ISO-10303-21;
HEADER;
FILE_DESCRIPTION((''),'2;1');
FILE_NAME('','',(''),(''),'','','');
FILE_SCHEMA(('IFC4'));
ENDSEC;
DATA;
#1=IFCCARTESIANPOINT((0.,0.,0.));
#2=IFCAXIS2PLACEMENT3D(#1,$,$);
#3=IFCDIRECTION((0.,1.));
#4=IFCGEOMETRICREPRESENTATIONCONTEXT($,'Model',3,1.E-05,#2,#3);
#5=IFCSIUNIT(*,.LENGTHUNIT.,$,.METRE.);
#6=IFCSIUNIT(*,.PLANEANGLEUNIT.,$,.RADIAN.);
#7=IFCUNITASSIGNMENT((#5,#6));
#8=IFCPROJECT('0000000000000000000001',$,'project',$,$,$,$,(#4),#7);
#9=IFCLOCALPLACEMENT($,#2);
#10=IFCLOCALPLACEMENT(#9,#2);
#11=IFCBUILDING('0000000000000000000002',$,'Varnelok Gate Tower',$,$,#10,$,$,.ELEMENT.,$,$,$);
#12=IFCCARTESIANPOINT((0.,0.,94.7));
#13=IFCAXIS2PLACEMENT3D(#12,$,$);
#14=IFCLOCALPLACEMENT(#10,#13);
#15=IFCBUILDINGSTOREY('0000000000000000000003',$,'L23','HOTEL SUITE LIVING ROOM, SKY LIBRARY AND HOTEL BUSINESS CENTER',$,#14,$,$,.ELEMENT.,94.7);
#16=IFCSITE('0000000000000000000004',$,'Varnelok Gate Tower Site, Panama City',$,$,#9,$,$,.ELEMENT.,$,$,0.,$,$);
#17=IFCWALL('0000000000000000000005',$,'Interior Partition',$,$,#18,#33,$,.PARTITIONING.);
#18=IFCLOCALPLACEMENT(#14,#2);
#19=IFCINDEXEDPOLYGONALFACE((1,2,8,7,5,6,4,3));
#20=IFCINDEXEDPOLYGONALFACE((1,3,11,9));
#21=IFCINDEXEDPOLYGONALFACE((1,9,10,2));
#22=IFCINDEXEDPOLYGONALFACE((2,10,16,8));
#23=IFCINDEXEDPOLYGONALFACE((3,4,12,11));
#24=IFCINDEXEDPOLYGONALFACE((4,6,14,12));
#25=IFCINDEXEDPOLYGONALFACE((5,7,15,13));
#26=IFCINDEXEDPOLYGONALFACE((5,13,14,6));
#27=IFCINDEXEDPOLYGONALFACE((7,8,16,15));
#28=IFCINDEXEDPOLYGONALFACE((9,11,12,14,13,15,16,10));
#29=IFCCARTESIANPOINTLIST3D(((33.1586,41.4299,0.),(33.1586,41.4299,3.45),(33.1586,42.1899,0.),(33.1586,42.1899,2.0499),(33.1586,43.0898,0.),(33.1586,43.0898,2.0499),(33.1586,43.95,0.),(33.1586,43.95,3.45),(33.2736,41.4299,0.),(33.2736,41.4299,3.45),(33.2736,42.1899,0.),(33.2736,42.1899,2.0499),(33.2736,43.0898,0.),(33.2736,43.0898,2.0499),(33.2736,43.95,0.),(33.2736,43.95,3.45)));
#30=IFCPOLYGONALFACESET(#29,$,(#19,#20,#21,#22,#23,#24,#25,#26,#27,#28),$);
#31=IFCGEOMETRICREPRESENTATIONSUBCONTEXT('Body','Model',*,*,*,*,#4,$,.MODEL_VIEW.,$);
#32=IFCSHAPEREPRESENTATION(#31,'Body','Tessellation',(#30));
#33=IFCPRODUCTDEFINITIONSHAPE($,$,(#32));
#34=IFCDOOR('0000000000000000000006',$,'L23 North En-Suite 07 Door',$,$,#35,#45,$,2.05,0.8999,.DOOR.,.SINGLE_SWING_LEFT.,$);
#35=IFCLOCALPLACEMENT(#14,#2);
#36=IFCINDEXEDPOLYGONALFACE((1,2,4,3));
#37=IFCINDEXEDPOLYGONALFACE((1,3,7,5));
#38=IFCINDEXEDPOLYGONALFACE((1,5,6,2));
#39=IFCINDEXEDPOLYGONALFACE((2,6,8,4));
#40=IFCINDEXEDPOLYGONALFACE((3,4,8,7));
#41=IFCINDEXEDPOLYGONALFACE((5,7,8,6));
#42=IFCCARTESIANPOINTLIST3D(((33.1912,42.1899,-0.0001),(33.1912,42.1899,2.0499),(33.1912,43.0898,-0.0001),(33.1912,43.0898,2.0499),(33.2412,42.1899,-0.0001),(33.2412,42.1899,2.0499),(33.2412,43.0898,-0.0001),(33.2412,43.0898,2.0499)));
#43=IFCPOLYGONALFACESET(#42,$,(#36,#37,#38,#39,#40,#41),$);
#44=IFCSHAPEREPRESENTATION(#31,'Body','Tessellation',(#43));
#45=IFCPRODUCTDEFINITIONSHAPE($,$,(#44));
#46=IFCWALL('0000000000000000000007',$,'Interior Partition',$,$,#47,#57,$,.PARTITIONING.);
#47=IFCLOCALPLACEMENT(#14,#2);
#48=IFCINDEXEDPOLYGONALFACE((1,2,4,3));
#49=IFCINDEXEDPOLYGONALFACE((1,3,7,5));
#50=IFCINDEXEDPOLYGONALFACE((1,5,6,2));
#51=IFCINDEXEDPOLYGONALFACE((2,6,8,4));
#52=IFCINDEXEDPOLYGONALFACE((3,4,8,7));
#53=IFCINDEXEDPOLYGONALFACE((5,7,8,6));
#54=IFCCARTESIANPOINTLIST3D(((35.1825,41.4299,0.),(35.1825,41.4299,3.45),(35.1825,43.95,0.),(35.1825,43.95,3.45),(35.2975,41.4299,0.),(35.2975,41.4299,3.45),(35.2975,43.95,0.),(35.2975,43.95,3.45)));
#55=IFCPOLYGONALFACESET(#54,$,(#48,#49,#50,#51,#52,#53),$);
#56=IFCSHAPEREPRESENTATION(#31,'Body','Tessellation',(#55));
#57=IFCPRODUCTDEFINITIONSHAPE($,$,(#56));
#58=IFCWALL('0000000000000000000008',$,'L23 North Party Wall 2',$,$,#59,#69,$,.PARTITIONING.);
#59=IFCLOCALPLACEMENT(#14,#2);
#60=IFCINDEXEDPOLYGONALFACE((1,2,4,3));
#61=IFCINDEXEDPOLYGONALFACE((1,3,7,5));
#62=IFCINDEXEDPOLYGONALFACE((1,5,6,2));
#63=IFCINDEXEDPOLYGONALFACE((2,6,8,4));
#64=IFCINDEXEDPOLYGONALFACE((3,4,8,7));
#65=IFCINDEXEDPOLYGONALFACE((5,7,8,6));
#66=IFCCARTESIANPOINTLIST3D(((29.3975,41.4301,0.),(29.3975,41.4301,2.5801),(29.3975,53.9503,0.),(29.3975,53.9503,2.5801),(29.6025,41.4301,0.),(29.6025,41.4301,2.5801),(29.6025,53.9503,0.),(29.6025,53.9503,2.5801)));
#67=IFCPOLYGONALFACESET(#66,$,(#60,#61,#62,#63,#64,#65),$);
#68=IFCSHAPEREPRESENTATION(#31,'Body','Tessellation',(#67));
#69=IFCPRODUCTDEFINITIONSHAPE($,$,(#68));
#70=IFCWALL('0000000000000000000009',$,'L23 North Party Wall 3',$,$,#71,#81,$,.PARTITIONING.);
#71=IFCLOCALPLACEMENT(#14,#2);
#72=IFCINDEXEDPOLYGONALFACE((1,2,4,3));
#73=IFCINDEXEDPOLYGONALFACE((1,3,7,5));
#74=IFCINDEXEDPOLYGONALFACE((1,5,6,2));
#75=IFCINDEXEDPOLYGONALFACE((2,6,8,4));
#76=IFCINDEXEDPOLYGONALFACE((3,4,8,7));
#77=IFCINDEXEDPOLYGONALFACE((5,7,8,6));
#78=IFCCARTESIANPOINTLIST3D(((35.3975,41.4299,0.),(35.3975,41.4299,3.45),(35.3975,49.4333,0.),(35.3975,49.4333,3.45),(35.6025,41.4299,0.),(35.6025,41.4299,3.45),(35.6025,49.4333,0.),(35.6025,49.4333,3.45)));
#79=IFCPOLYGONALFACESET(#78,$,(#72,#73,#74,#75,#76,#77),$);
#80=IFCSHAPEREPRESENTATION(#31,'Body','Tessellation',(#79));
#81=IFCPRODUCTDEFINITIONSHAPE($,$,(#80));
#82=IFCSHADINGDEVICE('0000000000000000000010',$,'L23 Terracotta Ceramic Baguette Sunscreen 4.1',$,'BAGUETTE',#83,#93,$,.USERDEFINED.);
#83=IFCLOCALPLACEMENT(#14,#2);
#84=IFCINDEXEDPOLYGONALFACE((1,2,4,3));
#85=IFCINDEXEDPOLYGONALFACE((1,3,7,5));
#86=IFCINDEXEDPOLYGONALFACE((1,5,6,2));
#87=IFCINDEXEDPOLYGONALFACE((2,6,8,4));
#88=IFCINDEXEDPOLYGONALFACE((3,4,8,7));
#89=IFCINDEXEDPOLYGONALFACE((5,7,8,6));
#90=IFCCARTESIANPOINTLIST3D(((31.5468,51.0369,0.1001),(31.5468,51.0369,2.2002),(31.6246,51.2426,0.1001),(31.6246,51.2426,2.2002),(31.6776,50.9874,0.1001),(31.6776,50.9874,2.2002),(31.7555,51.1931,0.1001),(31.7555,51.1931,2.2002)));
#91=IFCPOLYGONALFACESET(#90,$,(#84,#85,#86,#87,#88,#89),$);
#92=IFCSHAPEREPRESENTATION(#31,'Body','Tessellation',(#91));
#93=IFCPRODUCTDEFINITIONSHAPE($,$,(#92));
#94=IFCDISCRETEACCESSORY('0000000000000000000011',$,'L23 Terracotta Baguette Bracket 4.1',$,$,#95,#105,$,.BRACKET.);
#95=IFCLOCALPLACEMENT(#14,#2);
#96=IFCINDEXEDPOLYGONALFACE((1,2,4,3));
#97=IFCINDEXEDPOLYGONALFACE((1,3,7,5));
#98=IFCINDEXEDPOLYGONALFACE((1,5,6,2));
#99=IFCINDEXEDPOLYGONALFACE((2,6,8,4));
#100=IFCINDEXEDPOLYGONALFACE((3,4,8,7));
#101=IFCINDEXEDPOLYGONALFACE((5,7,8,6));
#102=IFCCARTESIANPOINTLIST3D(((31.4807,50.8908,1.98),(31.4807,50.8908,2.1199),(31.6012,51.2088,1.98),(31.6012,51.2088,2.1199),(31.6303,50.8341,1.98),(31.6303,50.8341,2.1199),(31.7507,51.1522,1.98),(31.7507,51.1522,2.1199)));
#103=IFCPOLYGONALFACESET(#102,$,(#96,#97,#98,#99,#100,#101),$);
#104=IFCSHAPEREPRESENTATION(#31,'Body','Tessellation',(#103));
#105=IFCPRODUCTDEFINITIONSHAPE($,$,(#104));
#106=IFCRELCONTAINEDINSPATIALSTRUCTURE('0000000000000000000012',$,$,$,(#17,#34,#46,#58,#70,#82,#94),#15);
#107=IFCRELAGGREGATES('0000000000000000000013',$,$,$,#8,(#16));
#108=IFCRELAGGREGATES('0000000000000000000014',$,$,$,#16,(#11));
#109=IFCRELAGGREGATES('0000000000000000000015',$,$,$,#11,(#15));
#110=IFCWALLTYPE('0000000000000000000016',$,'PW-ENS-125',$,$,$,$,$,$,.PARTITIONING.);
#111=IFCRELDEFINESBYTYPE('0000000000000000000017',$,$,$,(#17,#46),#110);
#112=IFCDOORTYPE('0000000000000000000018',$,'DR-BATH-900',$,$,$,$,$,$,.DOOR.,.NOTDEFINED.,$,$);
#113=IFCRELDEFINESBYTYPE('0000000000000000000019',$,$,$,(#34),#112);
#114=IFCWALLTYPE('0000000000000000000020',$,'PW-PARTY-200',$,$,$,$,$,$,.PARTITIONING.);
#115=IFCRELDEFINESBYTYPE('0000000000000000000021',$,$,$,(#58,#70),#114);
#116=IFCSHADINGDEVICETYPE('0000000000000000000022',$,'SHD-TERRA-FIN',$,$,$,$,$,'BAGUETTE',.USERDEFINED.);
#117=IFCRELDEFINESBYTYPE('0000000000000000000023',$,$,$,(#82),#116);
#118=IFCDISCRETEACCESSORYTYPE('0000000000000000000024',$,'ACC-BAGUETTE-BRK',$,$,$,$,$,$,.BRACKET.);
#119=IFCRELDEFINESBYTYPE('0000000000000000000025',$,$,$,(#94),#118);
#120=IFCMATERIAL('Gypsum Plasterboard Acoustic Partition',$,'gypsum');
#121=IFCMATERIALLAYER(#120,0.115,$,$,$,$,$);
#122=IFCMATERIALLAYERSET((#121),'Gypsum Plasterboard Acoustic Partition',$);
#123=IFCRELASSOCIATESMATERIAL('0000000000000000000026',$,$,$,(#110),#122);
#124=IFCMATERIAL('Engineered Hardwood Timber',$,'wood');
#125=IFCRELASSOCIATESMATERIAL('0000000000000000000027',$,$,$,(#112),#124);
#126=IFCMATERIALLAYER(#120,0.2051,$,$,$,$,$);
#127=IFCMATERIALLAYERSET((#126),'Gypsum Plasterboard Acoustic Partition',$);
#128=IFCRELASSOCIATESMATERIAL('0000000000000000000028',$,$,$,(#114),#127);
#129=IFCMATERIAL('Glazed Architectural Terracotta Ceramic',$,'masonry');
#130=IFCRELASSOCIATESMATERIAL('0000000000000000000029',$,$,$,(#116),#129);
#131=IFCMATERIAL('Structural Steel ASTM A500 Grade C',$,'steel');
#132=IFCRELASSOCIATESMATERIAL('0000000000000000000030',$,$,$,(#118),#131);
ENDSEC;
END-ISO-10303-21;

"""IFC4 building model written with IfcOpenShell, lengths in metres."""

from ifc_helpers import new_model, si_unit, direction, frame, frame_2d, origin, origin_2d, place, context, subcontext, project, spatial, rectangle, extrude, source, transform, mapped, material, layer, layer_set, type_object, element, fill, save


model = new_model("IFC4")

# Units and contexts
model_context = context("Model", 3, precision=1e-05, world=origin(), true_north=direction((0.0, 1.0)))
body_context = subcontext(model_context, "Body", "Model", "MODEL_VIEW")
ifc_project = project(units=[si_unit("LENGTHUNIT", "METRE"), si_unit("PLANEANGLEUNIT", "RADIAN")], contexts=[model_context])

# Site, building, storey
site_placement = place(None, origin())
site = spatial("IfcSite", under=ifc_project, at=site_placement, Name="Varnelok Gate Tower Site, Panama City", CompositionType="ELEMENT", RefElevation=0.0)
building_placement = place(site_placement, origin())
building = spatial("IfcBuilding", under=site, at=building_placement, Name="Varnelok Gate Tower", CompositionType="ELEMENT")
storey_placement = place(building_placement, frame((0.0, 0.0, 94.7)))
storey = spatial("IfcBuildingStorey", under=building, at=storey_placement, Name="L23", Description="HOTEL SUITE LIVING ROOM, SKY LIBRARY AND HOTEL BUSINESS CENTER", CompositionType="ELEMENT", Elevation=94.7)

# Shared definitions
ifc_material_1 = material(Name="Gypsum Plasterboard Acoustic Partition", Category="gypsum")
ifc_material_2 = material(Name="Engineered Hardwood Timber", Category="wood")

# Shared definitions
ifc_layer_1 = layer(ifc_material_1, 0.115)
ifc_layer_set_1 = layer_set([ifc_layer_1], Name="Gypsum Plasterboard Acoustic Partition")
wall_type_1 = type_object("IfcWallType", Name="PW-ENS-125", PredefinedType="PARTITIONING", material=ifc_layer_set_1)

# Wall, opening, door
wall_1_placement = place(storey_placement, frame((33.2161, 41.4299, 0.0), z_axis=(0.0, 0.0, 1.0), x_axis=(0.0, 1.0, 0.0)))
wall_1 = element("IfcWall", 1, at=wall_1_placement, inside=storey, type_object=wall_type_1, Name="Interior Partition", PredefinedType="PARTITIONING", context=body_context, shape_type="SweptSolid", body=[
    extrude(rectangle(XDim=2.52, YDim=0.115, at=frame_2d((1.26, 0.0))), origin(), (0.0, 0.0, 1.0), 3.45),
])
opening_1_placement = place(wall_1_placement, frame((0.76, 0.0, 0.0)))
opening_1 = element("IfcOpeningElement", 2, at=opening_1_placement, cuts=wall_1, PredefinedType="OPENING", context=body_context, shape_type="SweptSolid", body=[
    extrude(rectangle(XDim=0.8999, YDim=2.05, at=frame_2d((0.45, 1.0249))), frame((0.0, 0.0674, 0.0), z_axis=(0.0, -1.0, 0.0), x_axis=(1.0, 0.0, 0.0)), (0.0, 0.0, 1.0), 0.135),
])
door_type_1 = type_object("IfcDoorType", Name="DR-BATH-900", OperationType="NOTDEFINED", PredefinedType="DOOR", material=ifc_material_2)
door_1_placement = place(opening_1_placement, origin())
door_1 = element("IfcDoor", 3, at=door_1_placement, inside=storey, type_object=door_type_1, Name="L23 North En-Suite 07 Door", OperationType="SINGLE_SWING_LEFT", OverallHeight=2.05, OverallWidth=0.8999, PredefinedType="DOOR", context=body_context, shape_type="SweptSolid", body=[
    extrude(rectangle(XDim=0.8999, YDim=2.05, at=frame_2d((0.45, 1.0249))), frame((0.0, 0.0249, 0.0), z_axis=(0.0, -1.0, 0.0), x_axis=(1.0, 0.0, 0.0)), (0.0, 0.0, 1.0), 0.05),
])
fill(opening_1, door_1)

# Walls
wall_2_placement = place(storey_placement, frame((35.24, 41.4299, 0.0), z_axis=(0.0, 0.0, 1.0), x_axis=(0.0, 1.0, 0.0)))
element("IfcWall", 4, at=wall_2_placement, inside=storey, type_object=wall_type_1, Name="Interior Partition", PredefinedType="PARTITIONING", context=body_context, shape_type="SweptSolid", body=[
    extrude(rectangle(XDim=2.52, YDim=0.115, at=frame_2d((1.26, 0.0))), origin(), (0.0, 0.0, 1.0), 3.45),
])
ifc_layer_2 = layer(ifc_material_1, 0.2051)
ifc_layer_set_2 = layer_set([ifc_layer_2], Name="Gypsum Plasterboard Acoustic Partition")
wall_type_2 = type_object("IfcWallType", Name="PW-PARTY-200", PredefinedType="PARTITIONING", material=ifc_layer_set_2)
wall_3_placement = place(storey_placement, frame((29.5, 41.4299, 0.0), z_axis=(0.0, 0.0, 1.0), x_axis=(0.0, 1.0, 0.0)))
element("IfcWall", 5, at=wall_3_placement, inside=storey, type_object=wall_type_2, Name="L23 North Party Wall 2", PredefinedType="PARTITIONING", context=body_context, shape_type="SweptSolid", body=[
    extrude(rectangle(XDim=12.5203, YDim=0.2051, at=frame_2d((6.2603, 0.0))), origin(), (0.0, 0.0, 1.0), 2.5801),
])
wall_4_placement = place(storey_placement, frame((35.5, 41.4299, 0.0), z_axis=(0.0, 0.0, 1.0), x_axis=(0.0, 1.0, 0.0)))
element("IfcWall", 6, at=wall_4_placement, inside=storey, type_object=wall_type_2, Name="L23 North Party Wall 3", PredefinedType="PARTITIONING", context=body_context, shape_type="SweptSolid", body=[
    extrude(rectangle(XDim=8.0034, YDim=0.2051, at=frame_2d((4.0017, 0.0))), origin(), (0.0, 0.0, 1.0), 3.45),
])

# Shading device
ifc_material_3 = material(Name="Glazed Architectural Terracotta Ceramic", Category="masonry")
shading_device_type = type_object("IfcShadingDeviceType", Name="SHD-TERRA-FIN", ElementType="BAGUETTE", PredefinedType="USERDEFINED", material=ifc_material_3)
shared_shape_1 = source(origin(), body_context, "Body", "SweptSolid", [
    extrude(rectangle(XDim=0.1399, YDim=0.22, at=origin_2d()), origin(), (0.0, 0.0, 1.0), 2.1001),
])
shading_device_placement = place(storey_placement, frame((31.6511, 51.115, 0.1001), z_axis=(0.0, 0.0, 1.0), x_axis=(0.935222, -0.354063, 0.0)))
element("IfcShadingDevice", 7, at=shading_device_placement, inside=storey, type_object=shading_device_type, Name="L23 Terracotta Ceramic Baguette Sunscreen 4.1", ObjectType="BAGUETTE", PredefinedType="USERDEFINED", context=body_context, shape_type="MappedRepresentation", body=[
    mapped(shared_shape_1, transform((0.0, 0.0, 0.0), scale=1.0)),
])

# Discrete accessory
ifc_material_4 = material(Name="Structural Steel ASTM A500 Grade C", Category="steel")
discrete_accessory_type = type_object("IfcDiscreteAccessoryType", Name="ACC-BAGUETTE-BRK", PredefinedType="BRACKET", material=ifc_material_4)
shared_shape_2 = source(origin(), body_context, "Body", "SweptSolid", [
    extrude(rectangle(XDim=0.1599, YDim=0.3401, at=origin_2d()), origin(), (0.0, 0.0, 1.0), 0.1399),
])
discrete_accessory_placement = place(storey_placement, frame((31.6157, 51.0215, 1.98), z_axis=(0.0, 0.0, 1.0), x_axis=(0.935222, -0.354063, 0.0)))
element("IfcDiscreteAccessory", 8, at=discrete_accessory_placement, inside=storey, type_object=discrete_accessory_type, Name="L23 Terracotta Baguette Bracket 4.1", PredefinedType="BRACKET", context=body_context, shape_type="MappedRepresentation", body=[
    mapped(shared_shape_2, transform((0.0, 0.0, 0.0), scale=1.0)),
])

save(model, "model.ifc")
